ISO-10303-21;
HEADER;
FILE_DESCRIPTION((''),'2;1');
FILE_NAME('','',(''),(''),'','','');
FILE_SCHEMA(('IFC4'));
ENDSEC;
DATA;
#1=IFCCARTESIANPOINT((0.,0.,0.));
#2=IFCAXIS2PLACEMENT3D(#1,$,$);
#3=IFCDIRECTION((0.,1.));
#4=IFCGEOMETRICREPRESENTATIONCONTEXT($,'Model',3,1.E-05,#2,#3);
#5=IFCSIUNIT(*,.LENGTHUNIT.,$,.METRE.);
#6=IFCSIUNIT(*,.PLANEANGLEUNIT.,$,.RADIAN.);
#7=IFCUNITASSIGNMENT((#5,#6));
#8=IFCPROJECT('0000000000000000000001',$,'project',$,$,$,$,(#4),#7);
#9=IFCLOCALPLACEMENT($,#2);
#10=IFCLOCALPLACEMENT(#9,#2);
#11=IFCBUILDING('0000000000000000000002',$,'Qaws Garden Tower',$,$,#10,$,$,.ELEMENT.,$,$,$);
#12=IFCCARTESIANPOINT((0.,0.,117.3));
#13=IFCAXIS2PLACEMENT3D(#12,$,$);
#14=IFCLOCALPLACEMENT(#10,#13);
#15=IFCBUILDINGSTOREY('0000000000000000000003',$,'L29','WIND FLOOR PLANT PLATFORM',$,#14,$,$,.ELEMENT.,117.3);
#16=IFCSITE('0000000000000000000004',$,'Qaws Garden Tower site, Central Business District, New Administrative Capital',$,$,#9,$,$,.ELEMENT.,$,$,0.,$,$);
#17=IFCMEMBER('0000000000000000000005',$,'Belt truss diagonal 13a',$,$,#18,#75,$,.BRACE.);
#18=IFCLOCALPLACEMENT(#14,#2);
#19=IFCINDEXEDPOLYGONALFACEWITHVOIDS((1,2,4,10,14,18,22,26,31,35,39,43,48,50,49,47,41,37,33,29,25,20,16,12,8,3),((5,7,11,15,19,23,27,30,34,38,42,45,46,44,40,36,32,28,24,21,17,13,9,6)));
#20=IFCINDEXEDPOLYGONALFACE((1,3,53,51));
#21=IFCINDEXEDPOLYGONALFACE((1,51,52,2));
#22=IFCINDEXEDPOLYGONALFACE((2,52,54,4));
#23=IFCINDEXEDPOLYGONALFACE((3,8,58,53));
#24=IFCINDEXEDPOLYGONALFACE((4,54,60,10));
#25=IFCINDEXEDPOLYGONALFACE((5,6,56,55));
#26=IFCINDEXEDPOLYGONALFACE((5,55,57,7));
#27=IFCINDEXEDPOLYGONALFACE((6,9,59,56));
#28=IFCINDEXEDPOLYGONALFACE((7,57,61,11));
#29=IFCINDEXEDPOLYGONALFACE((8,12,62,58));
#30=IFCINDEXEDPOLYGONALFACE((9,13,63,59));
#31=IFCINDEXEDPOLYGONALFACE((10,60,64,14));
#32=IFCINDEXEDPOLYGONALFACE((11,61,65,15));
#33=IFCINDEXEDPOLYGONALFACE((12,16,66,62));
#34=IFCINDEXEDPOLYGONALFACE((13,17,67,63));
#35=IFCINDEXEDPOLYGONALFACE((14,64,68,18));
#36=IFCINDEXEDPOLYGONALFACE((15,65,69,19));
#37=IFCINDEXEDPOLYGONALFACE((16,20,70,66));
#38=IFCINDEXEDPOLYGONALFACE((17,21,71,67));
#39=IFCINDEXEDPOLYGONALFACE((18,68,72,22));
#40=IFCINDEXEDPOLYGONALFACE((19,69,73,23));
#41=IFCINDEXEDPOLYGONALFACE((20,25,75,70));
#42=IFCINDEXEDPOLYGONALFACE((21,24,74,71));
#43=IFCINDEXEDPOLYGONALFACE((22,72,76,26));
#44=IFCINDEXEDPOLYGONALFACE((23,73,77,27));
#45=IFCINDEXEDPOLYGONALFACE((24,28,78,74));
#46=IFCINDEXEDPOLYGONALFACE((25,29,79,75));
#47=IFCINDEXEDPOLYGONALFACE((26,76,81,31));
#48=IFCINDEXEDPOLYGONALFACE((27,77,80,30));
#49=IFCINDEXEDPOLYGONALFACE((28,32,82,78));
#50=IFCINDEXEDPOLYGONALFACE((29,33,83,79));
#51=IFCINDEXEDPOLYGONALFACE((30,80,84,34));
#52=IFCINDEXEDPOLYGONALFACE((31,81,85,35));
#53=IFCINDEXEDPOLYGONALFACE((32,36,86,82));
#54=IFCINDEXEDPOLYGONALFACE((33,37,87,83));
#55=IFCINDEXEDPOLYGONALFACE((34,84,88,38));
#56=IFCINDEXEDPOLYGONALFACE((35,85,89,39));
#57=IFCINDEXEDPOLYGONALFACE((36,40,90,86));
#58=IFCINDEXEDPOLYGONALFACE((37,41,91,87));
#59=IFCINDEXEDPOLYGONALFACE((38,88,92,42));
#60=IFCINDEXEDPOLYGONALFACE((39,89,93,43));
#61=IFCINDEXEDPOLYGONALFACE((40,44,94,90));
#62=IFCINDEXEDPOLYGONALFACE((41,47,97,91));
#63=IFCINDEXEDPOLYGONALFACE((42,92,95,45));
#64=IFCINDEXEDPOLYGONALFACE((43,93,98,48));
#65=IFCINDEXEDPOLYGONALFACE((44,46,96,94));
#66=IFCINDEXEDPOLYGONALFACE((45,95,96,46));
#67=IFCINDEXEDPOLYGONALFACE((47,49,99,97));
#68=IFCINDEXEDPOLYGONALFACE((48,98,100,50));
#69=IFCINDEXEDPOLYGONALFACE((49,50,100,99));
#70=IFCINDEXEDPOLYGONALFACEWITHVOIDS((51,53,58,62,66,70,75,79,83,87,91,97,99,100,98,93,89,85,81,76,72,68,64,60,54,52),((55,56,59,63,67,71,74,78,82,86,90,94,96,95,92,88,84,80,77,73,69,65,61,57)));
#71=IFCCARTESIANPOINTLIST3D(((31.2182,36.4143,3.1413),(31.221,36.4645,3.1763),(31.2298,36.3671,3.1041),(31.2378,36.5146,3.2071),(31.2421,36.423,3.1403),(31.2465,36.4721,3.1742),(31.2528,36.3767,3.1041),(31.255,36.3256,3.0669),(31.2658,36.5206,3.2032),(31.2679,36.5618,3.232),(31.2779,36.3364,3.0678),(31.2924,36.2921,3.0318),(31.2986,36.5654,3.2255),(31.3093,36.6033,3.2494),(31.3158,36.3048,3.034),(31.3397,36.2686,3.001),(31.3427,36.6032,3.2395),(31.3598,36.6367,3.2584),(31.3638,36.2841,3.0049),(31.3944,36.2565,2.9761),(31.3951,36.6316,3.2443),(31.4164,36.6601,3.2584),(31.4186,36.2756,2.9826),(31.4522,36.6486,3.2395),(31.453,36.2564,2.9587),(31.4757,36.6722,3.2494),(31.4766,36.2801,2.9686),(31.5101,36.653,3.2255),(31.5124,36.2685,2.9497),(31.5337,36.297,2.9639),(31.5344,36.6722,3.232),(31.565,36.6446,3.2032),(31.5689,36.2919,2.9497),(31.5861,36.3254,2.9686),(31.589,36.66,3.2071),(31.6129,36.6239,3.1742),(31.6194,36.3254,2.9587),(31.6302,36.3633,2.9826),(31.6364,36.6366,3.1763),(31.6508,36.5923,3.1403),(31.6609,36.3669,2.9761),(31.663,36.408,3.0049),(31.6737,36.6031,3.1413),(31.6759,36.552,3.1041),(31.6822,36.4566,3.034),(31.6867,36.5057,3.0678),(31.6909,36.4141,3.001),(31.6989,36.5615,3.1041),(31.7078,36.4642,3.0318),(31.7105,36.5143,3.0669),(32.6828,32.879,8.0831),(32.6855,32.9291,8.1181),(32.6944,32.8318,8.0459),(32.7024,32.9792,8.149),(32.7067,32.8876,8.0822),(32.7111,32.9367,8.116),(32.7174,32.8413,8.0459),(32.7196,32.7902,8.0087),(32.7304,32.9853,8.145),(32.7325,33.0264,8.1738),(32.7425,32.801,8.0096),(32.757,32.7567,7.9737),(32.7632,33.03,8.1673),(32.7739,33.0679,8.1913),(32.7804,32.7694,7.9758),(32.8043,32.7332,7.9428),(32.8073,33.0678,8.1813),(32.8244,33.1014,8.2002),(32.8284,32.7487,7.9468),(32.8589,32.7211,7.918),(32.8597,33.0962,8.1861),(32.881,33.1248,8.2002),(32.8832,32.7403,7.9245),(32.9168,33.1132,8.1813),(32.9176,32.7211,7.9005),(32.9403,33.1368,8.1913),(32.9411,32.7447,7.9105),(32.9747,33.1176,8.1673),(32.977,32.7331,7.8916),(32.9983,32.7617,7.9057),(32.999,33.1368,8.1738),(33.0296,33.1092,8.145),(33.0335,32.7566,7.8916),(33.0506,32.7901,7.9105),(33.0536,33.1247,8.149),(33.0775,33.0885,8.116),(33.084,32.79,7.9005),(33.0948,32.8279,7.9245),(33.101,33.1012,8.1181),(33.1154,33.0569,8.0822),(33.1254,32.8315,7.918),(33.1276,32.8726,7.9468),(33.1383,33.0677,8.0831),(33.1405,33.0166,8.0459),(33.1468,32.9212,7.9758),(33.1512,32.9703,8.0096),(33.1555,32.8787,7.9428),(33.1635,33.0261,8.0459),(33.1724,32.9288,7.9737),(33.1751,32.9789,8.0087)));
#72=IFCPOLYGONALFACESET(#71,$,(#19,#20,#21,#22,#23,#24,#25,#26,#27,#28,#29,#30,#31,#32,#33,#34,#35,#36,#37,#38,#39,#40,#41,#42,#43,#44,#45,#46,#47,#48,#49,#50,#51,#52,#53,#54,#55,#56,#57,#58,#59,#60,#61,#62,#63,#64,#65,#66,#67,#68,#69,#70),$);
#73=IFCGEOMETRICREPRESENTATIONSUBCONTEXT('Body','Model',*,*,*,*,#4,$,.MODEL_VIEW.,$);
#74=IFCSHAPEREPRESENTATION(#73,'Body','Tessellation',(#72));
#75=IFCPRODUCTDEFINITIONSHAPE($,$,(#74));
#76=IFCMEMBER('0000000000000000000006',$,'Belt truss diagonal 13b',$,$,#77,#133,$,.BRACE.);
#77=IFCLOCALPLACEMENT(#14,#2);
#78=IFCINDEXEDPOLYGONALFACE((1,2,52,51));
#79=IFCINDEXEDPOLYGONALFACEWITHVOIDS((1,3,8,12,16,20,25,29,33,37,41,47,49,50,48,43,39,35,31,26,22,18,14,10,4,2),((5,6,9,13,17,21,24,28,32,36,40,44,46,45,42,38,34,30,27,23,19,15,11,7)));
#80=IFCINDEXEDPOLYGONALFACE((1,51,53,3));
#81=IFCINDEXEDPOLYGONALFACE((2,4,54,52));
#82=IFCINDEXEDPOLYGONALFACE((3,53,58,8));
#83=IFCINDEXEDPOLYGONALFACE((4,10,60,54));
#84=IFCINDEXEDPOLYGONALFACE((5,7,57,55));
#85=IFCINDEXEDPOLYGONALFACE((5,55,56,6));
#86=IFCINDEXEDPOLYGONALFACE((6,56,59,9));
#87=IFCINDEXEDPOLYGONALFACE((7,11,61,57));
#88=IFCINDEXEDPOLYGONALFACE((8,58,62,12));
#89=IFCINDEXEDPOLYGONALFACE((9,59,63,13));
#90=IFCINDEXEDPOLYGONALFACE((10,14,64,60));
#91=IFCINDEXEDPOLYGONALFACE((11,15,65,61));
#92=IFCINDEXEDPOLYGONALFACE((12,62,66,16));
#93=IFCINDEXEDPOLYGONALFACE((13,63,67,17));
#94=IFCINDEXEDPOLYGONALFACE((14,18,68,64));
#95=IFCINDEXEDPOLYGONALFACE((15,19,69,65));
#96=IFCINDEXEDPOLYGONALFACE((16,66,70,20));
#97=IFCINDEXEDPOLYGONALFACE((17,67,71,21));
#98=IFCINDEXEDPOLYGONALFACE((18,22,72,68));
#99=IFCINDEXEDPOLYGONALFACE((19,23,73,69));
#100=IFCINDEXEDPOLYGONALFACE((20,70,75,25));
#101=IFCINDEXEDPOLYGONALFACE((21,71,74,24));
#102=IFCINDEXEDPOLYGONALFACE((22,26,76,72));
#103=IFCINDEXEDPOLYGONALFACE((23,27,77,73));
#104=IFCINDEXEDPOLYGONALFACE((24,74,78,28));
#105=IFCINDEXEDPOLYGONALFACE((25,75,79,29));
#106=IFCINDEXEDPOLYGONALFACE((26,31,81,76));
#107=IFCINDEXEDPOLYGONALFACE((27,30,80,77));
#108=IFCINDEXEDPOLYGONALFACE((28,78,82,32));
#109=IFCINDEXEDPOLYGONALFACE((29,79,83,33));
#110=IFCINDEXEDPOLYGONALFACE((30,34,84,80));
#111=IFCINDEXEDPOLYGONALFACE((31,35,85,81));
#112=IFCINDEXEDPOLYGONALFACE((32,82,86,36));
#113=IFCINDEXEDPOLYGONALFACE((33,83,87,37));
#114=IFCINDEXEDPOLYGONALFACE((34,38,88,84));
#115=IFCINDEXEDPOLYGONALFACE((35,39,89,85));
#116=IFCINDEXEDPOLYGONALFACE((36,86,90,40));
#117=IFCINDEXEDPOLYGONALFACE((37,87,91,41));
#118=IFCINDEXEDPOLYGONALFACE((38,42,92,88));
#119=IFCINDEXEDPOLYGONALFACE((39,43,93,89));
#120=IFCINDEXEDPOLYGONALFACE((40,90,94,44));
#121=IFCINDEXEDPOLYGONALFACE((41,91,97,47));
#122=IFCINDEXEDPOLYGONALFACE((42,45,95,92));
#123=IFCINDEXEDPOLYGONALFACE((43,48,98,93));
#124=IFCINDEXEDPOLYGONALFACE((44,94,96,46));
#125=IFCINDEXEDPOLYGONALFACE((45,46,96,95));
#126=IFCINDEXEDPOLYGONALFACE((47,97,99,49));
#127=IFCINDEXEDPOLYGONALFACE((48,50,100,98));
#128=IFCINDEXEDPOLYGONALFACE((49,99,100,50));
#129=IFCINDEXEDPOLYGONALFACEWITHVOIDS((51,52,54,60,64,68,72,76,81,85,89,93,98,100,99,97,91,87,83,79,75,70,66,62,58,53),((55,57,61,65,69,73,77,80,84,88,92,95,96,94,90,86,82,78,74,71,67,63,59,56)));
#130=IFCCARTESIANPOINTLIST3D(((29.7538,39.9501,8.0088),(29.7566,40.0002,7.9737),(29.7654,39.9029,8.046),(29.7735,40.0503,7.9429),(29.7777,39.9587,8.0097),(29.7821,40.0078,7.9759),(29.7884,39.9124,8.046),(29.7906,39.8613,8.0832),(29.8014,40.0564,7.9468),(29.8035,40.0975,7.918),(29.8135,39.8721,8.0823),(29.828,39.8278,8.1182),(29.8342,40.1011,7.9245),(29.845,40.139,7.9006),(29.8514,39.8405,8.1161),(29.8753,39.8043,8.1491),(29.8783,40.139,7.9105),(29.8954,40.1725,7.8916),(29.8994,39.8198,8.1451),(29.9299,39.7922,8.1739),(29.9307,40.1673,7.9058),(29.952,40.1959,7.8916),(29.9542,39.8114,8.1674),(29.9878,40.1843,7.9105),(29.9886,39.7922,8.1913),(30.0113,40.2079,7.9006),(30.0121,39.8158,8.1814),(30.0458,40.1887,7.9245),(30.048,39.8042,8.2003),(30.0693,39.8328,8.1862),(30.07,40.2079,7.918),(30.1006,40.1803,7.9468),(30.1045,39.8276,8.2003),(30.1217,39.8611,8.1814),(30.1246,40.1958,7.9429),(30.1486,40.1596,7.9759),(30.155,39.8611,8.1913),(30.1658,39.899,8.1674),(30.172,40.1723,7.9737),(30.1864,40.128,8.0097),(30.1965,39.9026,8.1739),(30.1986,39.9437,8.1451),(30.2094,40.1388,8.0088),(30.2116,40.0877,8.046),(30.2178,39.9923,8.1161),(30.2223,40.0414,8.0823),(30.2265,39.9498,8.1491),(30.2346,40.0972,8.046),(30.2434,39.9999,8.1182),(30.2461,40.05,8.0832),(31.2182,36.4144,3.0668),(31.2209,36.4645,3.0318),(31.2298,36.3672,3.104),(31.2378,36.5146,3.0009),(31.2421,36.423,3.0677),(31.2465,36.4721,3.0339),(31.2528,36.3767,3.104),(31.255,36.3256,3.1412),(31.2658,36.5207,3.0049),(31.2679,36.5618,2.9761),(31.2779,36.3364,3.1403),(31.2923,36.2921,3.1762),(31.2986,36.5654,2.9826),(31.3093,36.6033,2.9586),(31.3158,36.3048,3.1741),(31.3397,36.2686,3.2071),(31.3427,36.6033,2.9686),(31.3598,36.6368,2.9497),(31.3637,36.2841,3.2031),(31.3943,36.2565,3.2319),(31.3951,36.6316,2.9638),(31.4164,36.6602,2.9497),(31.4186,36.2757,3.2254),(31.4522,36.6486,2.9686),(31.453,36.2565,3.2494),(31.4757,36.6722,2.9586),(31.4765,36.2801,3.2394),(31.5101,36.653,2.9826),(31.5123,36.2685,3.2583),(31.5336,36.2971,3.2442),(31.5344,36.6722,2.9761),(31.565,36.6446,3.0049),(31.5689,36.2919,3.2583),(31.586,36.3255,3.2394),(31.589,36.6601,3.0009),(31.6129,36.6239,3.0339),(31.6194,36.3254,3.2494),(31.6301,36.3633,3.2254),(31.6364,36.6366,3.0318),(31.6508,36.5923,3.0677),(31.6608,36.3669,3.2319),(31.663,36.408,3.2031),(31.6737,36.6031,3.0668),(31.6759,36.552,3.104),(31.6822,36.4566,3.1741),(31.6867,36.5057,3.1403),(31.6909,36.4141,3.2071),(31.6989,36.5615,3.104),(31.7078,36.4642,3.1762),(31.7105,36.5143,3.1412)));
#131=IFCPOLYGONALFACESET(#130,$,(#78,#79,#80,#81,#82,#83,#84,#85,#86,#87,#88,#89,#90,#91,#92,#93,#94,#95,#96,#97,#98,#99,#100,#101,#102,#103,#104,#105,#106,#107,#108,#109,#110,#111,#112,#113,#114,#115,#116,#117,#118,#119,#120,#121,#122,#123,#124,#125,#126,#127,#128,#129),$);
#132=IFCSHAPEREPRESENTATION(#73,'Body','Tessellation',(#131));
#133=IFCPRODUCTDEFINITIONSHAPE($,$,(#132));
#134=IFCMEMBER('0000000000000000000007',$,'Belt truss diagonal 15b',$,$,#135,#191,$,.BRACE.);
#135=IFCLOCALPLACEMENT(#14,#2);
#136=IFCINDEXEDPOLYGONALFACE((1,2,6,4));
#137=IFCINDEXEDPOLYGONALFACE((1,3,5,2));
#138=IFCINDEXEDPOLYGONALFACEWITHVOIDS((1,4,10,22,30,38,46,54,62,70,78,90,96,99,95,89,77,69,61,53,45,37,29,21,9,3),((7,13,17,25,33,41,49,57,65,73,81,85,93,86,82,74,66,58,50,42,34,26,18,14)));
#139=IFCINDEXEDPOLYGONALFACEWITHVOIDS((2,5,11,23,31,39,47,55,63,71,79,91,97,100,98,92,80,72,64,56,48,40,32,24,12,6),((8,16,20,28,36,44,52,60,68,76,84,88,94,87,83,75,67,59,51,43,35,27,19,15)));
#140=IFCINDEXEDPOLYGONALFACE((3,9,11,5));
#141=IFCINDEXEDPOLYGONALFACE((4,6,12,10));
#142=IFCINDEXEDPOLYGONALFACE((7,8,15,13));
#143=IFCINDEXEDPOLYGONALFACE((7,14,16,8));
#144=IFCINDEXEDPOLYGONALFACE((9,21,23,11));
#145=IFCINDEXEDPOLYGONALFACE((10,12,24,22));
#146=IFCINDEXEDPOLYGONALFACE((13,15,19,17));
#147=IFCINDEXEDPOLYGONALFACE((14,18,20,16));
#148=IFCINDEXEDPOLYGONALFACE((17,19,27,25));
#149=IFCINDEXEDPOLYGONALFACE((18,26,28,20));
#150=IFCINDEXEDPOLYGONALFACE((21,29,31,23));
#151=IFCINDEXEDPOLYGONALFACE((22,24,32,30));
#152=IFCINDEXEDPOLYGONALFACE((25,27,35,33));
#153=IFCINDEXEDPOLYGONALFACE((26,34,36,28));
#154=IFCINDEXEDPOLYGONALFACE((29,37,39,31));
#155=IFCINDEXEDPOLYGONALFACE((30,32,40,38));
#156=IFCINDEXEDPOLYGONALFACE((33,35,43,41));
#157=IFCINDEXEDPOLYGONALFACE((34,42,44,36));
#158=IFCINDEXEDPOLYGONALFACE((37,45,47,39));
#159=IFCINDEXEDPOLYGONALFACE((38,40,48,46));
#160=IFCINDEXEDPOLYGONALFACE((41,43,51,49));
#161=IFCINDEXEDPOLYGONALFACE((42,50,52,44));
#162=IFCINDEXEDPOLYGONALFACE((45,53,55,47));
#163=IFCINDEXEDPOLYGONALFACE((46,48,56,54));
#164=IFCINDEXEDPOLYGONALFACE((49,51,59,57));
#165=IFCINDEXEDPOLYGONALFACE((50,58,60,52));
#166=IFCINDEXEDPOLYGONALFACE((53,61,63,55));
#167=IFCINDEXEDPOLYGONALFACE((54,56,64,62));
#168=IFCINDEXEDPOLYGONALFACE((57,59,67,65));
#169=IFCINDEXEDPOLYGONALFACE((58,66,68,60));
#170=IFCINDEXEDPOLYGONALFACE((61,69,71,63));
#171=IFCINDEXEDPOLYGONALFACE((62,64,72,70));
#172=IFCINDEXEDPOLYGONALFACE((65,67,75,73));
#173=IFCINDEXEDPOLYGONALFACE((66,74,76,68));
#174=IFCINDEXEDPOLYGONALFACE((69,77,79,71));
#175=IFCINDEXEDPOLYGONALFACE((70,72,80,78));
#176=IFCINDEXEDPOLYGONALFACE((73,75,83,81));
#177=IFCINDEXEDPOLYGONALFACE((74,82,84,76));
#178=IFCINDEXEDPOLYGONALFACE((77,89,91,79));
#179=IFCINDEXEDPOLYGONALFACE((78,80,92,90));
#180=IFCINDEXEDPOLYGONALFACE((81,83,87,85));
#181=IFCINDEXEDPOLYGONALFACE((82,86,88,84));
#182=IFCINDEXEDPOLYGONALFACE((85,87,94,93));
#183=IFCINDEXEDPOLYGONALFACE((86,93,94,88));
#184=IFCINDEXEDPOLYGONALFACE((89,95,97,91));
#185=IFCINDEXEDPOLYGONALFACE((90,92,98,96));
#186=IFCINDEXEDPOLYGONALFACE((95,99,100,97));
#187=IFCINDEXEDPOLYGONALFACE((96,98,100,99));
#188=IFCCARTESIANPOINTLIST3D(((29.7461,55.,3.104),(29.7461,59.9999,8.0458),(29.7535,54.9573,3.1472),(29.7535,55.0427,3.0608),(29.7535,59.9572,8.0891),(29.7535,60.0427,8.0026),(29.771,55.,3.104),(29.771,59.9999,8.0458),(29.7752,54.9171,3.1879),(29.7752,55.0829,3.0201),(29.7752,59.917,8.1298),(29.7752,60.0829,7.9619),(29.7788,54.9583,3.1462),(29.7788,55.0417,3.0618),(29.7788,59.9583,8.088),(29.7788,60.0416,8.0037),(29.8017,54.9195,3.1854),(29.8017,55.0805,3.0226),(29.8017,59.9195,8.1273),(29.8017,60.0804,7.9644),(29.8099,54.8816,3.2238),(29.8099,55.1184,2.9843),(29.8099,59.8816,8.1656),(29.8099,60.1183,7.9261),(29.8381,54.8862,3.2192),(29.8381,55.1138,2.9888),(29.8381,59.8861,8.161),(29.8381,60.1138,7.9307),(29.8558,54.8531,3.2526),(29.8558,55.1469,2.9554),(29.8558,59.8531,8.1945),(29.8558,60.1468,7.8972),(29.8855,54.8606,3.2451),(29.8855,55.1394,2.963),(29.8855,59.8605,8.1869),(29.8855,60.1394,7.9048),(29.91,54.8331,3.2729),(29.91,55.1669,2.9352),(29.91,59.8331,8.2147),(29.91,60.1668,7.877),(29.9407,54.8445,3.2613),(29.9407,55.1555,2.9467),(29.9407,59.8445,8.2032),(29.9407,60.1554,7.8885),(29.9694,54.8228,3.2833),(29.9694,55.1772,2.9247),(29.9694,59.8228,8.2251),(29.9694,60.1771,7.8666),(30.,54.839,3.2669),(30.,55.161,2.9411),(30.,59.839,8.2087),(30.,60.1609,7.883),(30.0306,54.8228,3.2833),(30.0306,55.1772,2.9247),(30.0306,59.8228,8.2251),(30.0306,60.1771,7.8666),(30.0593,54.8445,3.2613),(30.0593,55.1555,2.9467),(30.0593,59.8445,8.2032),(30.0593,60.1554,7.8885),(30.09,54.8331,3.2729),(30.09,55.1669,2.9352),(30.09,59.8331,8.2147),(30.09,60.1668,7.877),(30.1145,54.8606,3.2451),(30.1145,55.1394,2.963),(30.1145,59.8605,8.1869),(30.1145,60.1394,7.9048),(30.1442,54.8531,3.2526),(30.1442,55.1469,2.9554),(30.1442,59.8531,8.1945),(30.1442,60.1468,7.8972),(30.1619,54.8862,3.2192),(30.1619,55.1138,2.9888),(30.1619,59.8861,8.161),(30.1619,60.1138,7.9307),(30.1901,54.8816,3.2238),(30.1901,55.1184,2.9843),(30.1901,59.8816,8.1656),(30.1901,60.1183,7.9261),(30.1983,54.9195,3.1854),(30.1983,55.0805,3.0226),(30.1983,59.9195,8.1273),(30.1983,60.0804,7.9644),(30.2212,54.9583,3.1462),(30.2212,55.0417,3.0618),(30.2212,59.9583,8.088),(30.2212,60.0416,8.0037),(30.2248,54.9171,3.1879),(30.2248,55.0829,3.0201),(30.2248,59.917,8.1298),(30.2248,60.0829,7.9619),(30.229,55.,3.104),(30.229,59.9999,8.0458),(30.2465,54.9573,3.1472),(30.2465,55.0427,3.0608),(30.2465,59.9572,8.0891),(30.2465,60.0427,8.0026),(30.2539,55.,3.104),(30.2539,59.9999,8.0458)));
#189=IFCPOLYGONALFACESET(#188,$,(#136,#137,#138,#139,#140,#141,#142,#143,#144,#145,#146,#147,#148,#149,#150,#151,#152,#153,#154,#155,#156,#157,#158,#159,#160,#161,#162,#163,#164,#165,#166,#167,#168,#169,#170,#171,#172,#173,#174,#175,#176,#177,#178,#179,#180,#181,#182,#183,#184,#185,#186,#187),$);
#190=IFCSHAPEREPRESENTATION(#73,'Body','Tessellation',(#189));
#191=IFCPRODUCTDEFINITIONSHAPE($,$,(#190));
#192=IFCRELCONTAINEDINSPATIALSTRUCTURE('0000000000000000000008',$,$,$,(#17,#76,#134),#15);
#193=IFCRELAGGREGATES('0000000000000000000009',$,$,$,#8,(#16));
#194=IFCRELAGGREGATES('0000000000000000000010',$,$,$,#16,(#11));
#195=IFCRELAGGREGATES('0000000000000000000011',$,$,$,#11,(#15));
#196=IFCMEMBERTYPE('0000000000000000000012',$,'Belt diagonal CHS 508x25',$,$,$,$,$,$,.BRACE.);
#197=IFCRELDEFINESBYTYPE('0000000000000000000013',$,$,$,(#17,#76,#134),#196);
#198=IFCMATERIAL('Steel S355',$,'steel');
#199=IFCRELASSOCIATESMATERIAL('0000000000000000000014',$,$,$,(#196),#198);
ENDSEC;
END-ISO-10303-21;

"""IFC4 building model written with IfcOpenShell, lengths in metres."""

from ifc_helpers import new_model, si_unit, direction, frame, origin, origin_2d, place, context, subcontext, project, spatial, hollow_circle, extrude, material, material_profile, profile_set, type_object, element, save


model = new_model("IFC4")

# Units and contexts
model_context = context("Model", 3, precision=1e-05, world=origin(), true_north=direction((0.0, 1.0)))
body_context = subcontext(model_context, "Body", "Model", "MODEL_VIEW")
ifc_project = project(units=[si_unit("LENGTHUNIT", "METRE"), si_unit("PLANEANGLEUNIT", "RADIAN")], contexts=[model_context])

# Site, building, storey
site_placement = place(None, origin())
site = spatial("IfcSite", under=ifc_project, at=site_placement, Name="Qaws Garden Tower site, Central Business District, New Administrative Capital", CompositionType="ELEMENT", RefElevation=0.0)
building_placement = place(site_placement, origin())
building = spatial("IfcBuilding", under=site, at=building_placement, Name="Qaws Garden Tower", CompositionType="ELEMENT")
storey_placement = place(building_placement, frame((0.0, 0.0, 117.3)))
storey = spatial("IfcBuildingStorey", under=building, at=storey_placement, Name="L29", Description="WIND FLOOR PLANT PLATFORM", CompositionType="ELEMENT", Elevation=117.3)

# Members
ifc_material_1 = material(Name="Steel S355", Category="steel")
ifc_material_profile_1 = material_profile(ifc_material_1, hollow_circle(Radius=0.2539, WallThickness=0.0249, at=origin_2d()), Name="CHS 508x25")
ifc_profile_set_1 = profile_set([ifc_material_profile_1], Name="Steel S355")
member_type_1 = type_object("IfcMemberType", Name="Belt diagonal CHS 508x25", PredefinedType="BRACE", material=ifc_profile_set_1)
for number, where, z_axis, x_axis, name in (
    (1, (32.929, 32.929, 8.0459), (-0.234324, 0.565636, -0.790663), (-0.923862, -0.382726, 0.0), "Belt truss diagonal 13a"),
):
    element("IfcMember", number, at=place(storey_placement, frame(where, z_axis=z_axis, x_axis=x_axis)), inside=storey, type_object=member_type_1, Name=name, PredefinedType="BRACE", context=body_context, shape_type="SweptSolid", body=[
        extrude(hollow_circle(Radius=0.2539, WallThickness=0.0249, at=origin_2d()), origin(), (0.0, 0.0, 1.0), 6.2502),
    ])
member_1_placement = place(storey_placement, frame((31.4644, 36.4644, 3.104), z_axis=(-0.234282, 0.565667, 0.790653), x_axis=(-0.923894, -0.382649, 0.0)))
element("IfcMember", 2, at=member_1_placement, inside=storey, type_object=member_type_1, Name="Belt truss diagonal 13b", PredefinedType="BRACE", context=body_context, shape_type="SweptSolid", body=[
    extrude(hollow_circle(Radius=0.2539, WallThickness=0.0249, at=origin_2d()), origin(), (0.0, 0.0, 1.0), 6.2505),
])
member_2_placement = place(storey_placement, frame((30.0, 55.0, 3.104), z_axis=(0.0, 0.711227, 0.702962), x_axis=(-1.0, 0.0, 0.0)))
element("IfcMember", 3, at=member_2_placement, inside=storey, type_object=member_type_1, Name="Belt truss diagonal 15b", PredefinedType="BRACE", context=body_context, shape_type="SweptSolid", body=[
    extrude(hollow_circle(Radius=0.2539, WallThickness=0.0249, at=origin_2d()), origin(), (0.0, 0.0, 1.0), 7.03),
])

save(model, "model.ifc")
